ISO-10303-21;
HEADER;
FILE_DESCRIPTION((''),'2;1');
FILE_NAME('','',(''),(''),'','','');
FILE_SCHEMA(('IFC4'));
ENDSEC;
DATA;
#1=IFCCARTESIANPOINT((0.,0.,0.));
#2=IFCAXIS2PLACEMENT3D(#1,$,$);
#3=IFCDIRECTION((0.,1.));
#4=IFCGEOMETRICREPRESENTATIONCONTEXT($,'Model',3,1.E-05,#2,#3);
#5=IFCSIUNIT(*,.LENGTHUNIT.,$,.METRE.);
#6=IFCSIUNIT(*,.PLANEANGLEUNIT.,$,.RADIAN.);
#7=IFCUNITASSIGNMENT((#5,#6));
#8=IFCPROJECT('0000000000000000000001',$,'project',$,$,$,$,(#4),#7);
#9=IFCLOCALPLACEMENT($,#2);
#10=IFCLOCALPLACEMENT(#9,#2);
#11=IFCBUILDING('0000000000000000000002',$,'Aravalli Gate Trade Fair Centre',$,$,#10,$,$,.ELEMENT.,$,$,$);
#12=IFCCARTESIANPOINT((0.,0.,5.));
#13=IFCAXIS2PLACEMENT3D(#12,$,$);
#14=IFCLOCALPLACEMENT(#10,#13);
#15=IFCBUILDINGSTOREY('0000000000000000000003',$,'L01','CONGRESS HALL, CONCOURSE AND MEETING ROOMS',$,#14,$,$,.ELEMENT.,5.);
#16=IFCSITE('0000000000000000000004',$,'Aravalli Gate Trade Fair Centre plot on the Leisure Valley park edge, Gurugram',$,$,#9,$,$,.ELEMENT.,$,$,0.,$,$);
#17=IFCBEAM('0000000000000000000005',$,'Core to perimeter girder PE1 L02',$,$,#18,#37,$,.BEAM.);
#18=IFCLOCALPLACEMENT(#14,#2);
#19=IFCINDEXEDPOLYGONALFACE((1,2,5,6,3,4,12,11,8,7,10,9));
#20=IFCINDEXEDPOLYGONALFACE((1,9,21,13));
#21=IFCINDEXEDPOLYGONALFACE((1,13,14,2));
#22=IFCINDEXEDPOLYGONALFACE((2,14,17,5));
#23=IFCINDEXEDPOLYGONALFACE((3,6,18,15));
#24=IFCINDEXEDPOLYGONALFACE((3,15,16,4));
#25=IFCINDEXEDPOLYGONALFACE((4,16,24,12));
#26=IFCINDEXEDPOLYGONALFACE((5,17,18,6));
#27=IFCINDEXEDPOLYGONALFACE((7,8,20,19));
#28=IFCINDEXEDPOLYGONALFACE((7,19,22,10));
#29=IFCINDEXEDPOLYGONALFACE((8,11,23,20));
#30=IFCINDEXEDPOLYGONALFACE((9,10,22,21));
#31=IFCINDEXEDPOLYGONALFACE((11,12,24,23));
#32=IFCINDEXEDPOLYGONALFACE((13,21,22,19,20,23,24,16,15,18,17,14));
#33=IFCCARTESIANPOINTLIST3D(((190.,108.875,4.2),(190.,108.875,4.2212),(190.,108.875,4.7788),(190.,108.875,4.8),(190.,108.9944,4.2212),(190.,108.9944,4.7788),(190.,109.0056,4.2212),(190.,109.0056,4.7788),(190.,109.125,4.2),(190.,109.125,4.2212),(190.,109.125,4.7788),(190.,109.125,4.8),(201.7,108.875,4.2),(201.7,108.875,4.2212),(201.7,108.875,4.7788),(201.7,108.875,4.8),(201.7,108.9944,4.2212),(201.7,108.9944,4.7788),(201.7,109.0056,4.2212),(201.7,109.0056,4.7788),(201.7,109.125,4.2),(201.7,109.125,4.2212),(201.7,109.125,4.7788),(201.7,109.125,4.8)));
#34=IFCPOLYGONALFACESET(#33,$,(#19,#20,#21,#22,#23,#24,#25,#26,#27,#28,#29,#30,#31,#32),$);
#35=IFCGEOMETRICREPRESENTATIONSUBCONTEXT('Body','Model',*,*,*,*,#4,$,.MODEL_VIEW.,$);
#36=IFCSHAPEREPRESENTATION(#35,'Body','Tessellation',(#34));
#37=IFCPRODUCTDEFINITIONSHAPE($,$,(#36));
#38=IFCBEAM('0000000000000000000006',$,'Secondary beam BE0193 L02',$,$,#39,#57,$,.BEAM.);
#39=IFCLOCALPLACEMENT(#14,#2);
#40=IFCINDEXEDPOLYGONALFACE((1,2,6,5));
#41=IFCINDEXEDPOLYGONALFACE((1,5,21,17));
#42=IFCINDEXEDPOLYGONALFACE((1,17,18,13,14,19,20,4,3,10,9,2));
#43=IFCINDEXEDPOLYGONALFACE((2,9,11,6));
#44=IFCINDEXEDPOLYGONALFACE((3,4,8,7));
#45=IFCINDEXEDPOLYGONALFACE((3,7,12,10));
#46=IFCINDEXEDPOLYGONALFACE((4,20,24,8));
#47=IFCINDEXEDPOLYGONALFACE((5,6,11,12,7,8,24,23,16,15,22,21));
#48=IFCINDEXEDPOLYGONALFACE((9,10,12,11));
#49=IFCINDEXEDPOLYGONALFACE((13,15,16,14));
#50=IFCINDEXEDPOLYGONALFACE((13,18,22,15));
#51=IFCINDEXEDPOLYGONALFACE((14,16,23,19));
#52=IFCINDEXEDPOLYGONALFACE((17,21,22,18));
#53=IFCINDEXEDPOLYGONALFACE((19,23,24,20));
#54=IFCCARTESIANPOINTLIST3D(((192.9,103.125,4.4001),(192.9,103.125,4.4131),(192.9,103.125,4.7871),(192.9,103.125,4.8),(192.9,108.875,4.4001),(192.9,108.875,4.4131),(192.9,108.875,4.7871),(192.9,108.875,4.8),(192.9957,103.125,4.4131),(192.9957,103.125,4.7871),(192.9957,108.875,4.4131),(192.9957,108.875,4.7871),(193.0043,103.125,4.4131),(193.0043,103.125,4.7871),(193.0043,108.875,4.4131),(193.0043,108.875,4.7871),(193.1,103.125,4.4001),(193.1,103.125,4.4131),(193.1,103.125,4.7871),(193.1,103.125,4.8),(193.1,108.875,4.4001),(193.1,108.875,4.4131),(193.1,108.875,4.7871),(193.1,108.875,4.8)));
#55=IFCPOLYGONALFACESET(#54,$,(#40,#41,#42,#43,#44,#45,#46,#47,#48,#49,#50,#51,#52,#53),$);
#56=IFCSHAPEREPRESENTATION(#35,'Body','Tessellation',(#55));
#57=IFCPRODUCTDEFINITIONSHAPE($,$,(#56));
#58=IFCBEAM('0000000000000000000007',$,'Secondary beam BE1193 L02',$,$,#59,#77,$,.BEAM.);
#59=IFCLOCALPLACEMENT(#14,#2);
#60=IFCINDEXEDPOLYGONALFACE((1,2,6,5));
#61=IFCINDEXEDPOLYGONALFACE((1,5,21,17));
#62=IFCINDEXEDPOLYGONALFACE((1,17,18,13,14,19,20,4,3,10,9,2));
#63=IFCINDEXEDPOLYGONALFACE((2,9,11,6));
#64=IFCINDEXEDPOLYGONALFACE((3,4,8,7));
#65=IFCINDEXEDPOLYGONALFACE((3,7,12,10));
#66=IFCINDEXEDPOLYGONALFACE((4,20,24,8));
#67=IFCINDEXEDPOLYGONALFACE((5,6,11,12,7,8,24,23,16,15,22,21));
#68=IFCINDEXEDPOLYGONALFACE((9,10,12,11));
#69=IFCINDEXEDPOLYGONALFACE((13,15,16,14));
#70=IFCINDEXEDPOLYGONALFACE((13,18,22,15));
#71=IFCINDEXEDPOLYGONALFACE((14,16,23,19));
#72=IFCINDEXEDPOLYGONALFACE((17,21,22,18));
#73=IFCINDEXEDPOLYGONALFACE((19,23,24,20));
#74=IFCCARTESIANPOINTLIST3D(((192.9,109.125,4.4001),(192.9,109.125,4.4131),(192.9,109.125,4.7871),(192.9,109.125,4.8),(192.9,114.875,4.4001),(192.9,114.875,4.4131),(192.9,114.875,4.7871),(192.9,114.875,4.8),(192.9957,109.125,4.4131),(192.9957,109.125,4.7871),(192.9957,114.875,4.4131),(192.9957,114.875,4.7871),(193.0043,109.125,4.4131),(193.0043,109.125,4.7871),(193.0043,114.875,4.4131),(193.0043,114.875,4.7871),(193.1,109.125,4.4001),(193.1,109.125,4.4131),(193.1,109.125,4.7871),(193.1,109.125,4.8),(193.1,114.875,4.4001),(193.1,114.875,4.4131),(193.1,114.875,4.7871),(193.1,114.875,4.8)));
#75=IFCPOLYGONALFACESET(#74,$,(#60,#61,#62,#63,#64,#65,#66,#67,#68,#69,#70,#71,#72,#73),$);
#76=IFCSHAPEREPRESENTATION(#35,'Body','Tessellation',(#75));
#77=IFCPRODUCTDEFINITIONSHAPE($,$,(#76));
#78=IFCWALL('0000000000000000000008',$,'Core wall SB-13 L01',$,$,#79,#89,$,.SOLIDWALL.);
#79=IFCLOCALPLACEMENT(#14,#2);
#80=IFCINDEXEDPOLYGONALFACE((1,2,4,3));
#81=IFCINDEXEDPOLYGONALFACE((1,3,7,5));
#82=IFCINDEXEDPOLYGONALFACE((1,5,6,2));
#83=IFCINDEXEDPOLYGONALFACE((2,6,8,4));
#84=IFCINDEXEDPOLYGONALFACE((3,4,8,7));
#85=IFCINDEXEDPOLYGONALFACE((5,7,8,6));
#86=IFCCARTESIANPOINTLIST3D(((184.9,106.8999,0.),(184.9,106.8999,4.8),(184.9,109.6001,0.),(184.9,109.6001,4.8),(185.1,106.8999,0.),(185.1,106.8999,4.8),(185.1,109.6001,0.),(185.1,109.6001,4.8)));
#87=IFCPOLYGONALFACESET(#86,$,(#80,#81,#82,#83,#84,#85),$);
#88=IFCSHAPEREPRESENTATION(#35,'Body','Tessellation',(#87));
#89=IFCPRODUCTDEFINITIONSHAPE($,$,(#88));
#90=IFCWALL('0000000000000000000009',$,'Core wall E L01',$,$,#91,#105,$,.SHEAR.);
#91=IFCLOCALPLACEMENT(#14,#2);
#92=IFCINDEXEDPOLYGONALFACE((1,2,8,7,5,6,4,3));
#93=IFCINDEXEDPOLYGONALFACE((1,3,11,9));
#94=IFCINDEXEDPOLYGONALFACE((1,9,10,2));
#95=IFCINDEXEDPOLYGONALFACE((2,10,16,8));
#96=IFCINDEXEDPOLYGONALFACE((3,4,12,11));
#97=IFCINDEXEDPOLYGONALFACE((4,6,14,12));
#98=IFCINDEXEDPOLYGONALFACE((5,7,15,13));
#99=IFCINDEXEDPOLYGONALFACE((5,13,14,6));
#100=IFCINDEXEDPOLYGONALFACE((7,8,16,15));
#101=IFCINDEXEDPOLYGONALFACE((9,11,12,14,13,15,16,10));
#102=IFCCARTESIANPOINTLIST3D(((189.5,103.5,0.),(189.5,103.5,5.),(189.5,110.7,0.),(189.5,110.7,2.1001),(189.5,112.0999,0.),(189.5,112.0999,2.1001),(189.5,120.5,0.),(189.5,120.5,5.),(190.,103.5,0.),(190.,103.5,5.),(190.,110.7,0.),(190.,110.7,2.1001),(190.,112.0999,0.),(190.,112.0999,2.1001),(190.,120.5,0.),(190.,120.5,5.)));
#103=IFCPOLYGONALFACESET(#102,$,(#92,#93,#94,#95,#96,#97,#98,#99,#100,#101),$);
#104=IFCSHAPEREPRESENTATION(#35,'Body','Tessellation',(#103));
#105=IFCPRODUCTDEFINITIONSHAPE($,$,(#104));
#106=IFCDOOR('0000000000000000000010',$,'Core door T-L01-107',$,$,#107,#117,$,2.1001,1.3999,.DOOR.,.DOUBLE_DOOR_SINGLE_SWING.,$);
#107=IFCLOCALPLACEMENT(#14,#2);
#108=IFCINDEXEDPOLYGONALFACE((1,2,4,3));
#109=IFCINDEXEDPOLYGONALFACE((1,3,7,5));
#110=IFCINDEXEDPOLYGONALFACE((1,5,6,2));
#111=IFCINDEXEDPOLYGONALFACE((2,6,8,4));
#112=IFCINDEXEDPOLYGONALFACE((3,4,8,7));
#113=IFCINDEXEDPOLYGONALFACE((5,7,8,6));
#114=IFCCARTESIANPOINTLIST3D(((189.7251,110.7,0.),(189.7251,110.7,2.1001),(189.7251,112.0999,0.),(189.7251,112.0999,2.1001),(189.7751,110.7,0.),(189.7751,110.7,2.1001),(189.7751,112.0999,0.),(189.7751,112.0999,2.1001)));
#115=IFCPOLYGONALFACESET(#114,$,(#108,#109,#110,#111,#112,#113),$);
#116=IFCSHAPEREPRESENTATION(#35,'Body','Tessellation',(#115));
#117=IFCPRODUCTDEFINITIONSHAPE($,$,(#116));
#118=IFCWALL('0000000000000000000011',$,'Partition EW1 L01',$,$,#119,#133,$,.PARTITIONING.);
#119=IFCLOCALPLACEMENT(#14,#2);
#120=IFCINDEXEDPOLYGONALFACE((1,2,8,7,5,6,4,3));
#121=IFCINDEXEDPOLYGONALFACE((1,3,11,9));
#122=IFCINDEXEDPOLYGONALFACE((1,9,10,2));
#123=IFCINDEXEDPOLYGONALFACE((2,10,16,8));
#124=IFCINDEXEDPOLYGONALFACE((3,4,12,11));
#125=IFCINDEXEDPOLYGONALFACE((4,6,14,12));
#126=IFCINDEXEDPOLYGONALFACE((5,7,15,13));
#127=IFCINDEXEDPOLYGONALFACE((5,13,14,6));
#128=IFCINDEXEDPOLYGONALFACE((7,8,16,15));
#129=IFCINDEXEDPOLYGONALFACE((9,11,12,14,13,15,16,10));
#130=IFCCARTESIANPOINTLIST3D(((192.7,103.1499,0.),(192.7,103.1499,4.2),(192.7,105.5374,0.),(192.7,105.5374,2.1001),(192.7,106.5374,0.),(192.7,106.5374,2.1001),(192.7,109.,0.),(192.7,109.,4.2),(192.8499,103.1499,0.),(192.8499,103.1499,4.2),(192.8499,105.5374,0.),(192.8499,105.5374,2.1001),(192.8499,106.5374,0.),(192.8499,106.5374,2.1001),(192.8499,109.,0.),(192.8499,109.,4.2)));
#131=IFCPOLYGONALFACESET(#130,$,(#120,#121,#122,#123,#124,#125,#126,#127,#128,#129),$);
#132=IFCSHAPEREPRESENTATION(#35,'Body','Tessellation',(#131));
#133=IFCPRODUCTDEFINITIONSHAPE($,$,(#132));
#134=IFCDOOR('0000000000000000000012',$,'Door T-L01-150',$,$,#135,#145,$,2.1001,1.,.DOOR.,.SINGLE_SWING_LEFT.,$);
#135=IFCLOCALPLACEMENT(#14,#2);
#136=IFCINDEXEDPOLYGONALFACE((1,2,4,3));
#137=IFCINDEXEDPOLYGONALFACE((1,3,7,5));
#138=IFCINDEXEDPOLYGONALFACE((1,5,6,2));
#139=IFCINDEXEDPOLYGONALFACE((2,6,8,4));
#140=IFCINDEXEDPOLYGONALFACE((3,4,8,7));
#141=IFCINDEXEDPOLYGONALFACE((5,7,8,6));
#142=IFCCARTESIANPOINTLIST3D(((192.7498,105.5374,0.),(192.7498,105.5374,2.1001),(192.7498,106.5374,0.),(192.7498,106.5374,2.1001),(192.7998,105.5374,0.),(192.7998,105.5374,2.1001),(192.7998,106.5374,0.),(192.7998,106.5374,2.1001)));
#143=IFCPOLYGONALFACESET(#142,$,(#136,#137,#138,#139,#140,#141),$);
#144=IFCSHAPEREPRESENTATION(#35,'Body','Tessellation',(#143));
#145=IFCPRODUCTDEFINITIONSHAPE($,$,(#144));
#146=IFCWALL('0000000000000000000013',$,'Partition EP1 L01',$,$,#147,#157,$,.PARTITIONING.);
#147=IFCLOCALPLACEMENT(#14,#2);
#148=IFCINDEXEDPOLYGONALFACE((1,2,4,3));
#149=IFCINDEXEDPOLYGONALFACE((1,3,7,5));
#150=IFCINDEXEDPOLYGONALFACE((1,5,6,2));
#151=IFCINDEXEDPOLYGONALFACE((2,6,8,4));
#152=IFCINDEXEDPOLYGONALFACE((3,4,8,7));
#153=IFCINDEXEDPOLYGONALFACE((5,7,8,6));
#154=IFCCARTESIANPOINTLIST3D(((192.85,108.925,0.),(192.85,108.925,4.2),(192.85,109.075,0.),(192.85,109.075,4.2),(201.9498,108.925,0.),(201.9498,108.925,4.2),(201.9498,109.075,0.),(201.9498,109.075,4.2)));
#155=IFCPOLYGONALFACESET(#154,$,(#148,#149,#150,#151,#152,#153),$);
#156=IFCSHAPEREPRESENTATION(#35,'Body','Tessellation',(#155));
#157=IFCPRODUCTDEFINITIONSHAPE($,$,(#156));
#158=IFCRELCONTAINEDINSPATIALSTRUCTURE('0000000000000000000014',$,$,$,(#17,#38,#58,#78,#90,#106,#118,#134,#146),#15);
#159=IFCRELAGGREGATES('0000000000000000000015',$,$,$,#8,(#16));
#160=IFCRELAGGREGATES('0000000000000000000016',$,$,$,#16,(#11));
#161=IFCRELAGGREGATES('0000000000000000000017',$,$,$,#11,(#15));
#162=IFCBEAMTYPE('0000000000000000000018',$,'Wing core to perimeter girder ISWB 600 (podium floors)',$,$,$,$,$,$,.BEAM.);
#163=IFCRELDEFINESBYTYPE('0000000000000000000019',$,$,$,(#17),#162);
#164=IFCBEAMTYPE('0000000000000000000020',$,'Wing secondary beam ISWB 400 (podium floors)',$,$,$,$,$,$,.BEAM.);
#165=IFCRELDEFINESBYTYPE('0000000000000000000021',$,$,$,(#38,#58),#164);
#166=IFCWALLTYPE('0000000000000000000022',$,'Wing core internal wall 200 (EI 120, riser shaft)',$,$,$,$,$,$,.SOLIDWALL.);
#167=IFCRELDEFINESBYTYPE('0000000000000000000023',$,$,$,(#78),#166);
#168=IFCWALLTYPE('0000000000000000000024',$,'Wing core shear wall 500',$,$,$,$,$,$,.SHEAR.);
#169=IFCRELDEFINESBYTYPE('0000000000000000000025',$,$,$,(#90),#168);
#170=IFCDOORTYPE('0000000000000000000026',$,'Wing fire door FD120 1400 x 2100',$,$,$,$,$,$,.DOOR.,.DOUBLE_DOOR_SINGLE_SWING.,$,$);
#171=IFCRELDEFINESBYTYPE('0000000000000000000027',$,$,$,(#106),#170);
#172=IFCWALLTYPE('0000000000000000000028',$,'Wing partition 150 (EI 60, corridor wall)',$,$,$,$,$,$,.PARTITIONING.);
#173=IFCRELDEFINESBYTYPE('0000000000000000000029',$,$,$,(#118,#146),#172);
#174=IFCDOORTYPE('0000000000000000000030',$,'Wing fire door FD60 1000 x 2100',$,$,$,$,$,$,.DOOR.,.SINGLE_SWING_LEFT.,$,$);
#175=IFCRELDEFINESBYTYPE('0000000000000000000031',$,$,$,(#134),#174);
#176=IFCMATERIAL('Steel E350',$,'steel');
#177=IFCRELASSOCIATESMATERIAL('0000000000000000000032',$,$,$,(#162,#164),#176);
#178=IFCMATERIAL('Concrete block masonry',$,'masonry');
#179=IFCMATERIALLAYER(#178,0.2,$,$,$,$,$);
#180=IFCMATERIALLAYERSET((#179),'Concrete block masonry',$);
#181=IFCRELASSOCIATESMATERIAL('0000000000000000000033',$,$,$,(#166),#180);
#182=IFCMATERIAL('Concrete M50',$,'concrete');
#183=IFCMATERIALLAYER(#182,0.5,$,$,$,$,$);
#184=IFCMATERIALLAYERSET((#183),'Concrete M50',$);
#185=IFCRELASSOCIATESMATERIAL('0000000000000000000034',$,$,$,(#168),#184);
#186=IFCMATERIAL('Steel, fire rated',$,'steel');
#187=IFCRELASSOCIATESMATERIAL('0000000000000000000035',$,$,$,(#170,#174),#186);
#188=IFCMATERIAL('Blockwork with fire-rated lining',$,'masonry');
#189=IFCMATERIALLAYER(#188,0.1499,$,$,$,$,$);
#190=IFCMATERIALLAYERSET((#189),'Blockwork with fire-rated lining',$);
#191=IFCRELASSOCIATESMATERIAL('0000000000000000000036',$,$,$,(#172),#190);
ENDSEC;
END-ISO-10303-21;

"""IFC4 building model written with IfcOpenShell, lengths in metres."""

from ifc_helpers import new_model, si_unit, direction, frame, frame_2d, origin, origin_2d, place, context, subcontext, project, spatial, rectangle, i_section, extrude, material, layer, layer_set, material_profile, profile_set, type_object, element, fill, save


model = new_model("IFC4")

# Units and contexts
model_context = context("Model", 3, precision=1e-05, world=origin(), true_north=direction((0.0, 1.0)))
body_context = subcontext(model_context, "Body", "Model", "MODEL_VIEW")
ifc_project = project(units=[si_unit("LENGTHUNIT", "METRE"), si_unit("PLANEANGLEUNIT", "RADIAN")], contexts=[model_context])

# Site, building, storey
site_placement = place(None, origin())
site = spatial("IfcSite", under=ifc_project, at=site_placement, Name="Aravalli Gate Trade Fair Centre plot on the Leisure Valley park edge, Gurugram", CompositionType="ELEMENT", RefElevation=0.0)
building_placement = place(site_placement, origin())
building = spatial("IfcBuilding", under=site, at=building_placement, Name="Aravalli Gate Trade Fair Centre", CompositionType="ELEMENT")
storey_placement = place(building_placement, frame((0.0, 0.0, 5.0)))
storey = spatial("IfcBuildingStorey", under=building, at=storey_placement, Name="L01", Description="CONGRESS HALL, CONCOURSE AND MEETING ROOMS", CompositionType="ELEMENT", Elevation=5.0)

# Beams
ifc_material_1 = material(Name="Steel E350", Category="steel")
ifc_material_profile_1 = material_profile(ifc_material_1, i_section(OverallWidth=0.25, OverallDepth=0.6001, WebThickness=0.0112, FlangeThickness=0.0212, at=origin_2d()), Name="ISWB 600")
ifc_profile_set_1 = profile_set([ifc_material_profile_1], Name="Steel E350")
beam_type_1 = type_object("IfcBeamType", Name="Wing core to perimeter girder ISWB 600 (podium floors)", PredefinedType="BEAM", material=ifc_profile_set_1)
beam_placement = place(storey_placement, frame((190.0, 109.0, 4.5), z_axis=(1.0, 0.0, 0.0), x_axis=(0.0, 1.0, 0.0)))
element("IfcBeam", 1, at=beam_placement, inside=storey, type_object=beam_type_1, Name="Core to perimeter girder PE1 L02", PredefinedType="BEAM", context=body_context, shape_type="SweptSolid", body=[
    extrude(i_section(OverallWidth=0.25, OverallDepth=0.6001, WebThickness=0.0112, FlangeThickness=0.0212, at=origin_2d()), origin(), (0.0, 0.0, 1.0), 11.7),
])
ifc_material_profile_2 = material_profile(ifc_material_1, i_section(OverallWidth=0.2, OverallDepth=0.3999, WebThickness=0.0085, FlangeThickness=0.0129, at=origin_2d()), Name="ISWB 400")
ifc_profile_set_2 = profile_set([ifc_material_profile_2], Name="Steel E350")
beam_type_2 = type_object("IfcBeamType", Name="Wing secondary beam ISWB 400 (podium floors)", PredefinedType="BEAM", material=ifc_profile_set_2)
for number, where, z_axis, x_axis, name in (
    (2, (193.0, 103.125, 4.6001), (0.0, 1.0, 0.0), (-1.0, 0.0, 0.0), "Secondary beam BE0193 L02"),
    (3, (193.0, 109.125, 4.6001), (0.0, 1.0, 0.0), (-1.0, 0.0, 0.0), "Secondary beam BE1193 L02"),
):
    element("IfcBeam", number, at=place(storey_placement, frame(where, z_axis=z_axis, x_axis=x_axis)), inside=storey, type_object=beam_type_2, Name=name, PredefinedType="BEAM", context=body_context, shape_type="SweptSolid", body=[
        extrude(i_section(OverallWidth=0.2, OverallDepth=0.3999, WebThickness=0.0085, FlangeThickness=0.0129, at=origin_2d()), origin(), (0.0, 0.0, 1.0), 5.75),
    ])

# Wall
ifc_material_2 = material(Name="Concrete block masonry", Category="masonry")
ifc_layer_1 = layer(ifc_material_2, 0.2)
ifc_layer_set_1 = layer_set([ifc_layer_1], Name="Concrete block masonry")
wall_type_1 = type_object("IfcWallType", Name="Wing core internal wall 200 (EI 120, riser shaft)", PredefinedType="SOLIDWALL", material=ifc_layer_set_1)
wall_1_placement = place(storey_placement, frame((185.0, 106.8999, 0.0), z_axis=(0.0, 0.0, 1.0), x_axis=(0.0, 1.0, 0.0)))
element("IfcWall", 4, at=wall_1_placement, inside=storey, type_object=wall_type_1, Name="Core wall SB-13 L01", PredefinedType="SOLIDWALL", context=body_context, shape_type="SweptSolid", body=[
    extrude(rectangle(XDim=2.7002, YDim=0.2, at=frame_2d((1.3501, 0.0))), origin(), (0.0, 0.0, 1.0), 4.8),
])

# Walls, openings, doors
ifc_material_3 = material(Name="Concrete M50", Category="concrete")
ifc_layer_2 = layer(ifc_material_3, 0.5)
ifc_layer_set_2 = layer_set([ifc_layer_2], Name="Concrete M50")
wall_type_2 = type_object("IfcWallType", Name="Wing core shear wall 500", PredefinedType="SHEAR", material=ifc_layer_set_2)
wall_2_placement = place(storey_placement, frame((189.75, 103.5, 0.0), z_axis=(0.0, 0.0, 1.0), x_axis=(0.0, 1.0, 0.0)))
wall_2 = element("IfcWall", 5, at=wall_2_placement, inside=storey, type_object=wall_type_2, Name="Core wall E L01", PredefinedType="SHEAR", context=body_context, shape_type="SweptSolid", body=[
    extrude(rectangle(XDim=17.0, YDim=0.5, at=frame_2d((8.5, 0.0))), origin(), (0.0, 0.0, 1.0), 5.0),
])
opening_1_placement = place(wall_2_placement, frame((7.2, 0.0, 0.0)))
opening_1 = element("IfcOpeningElement", 6, at=opening_1_placement, cuts=wall_2, PredefinedType="OPENING", context=body_context, shape_type="SweptSolid", body=[
    extrude(rectangle(XDim=1.3999, YDim=2.1001, at=frame_2d((0.7, 1.05))), frame((0.0, 0.26, 0.0), z_axis=(0.0, -1.0, 0.0), x_axis=(1.0, 0.0, 0.0)), (0.0, 0.0, 1.0), 0.52),
])
ifc_material_4 = material(Name="Steel, fire rated", Category="steel")
door_type_1 = type_object("IfcDoorType", Name="Wing fire door FD120 1400 x 2100", OperationType="DOUBLE_DOOR_SINGLE_SWING", PredefinedType="DOOR", material=ifc_material_4)
door_1_placement = place(opening_1_placement, origin())
door_1 = element("IfcDoor", 7, at=door_1_placement, inside=storey, type_object=door_type_1, Name="Core door T-L01-107", OperationType="DOUBLE_DOOR_SINGLE_SWING", OverallHeight=2.1001, OverallWidth=1.3999, PredefinedType="DOOR", context=body_context, shape_type="SweptSolid", body=[
    extrude(rectangle(XDim=1.3999, YDim=2.1001, at=frame_2d((0.7, 1.05))), frame((0.0, 0.0249, 0.0), z_axis=(0.0, -1.0, 0.0), x_axis=(1.0, 0.0, 0.0)), (0.0, 0.0, 1.0), 0.05),
])
fill(opening_1, door_1)
ifc_material_5 = material(Name="Blockwork with fire-rated lining", Category="masonry")
ifc_layer_3 = layer(ifc_material_5, 0.1499)
ifc_layer_set_3 = layer_set([ifc_layer_3], Name="Blockwork with fire-rated lining")
wall_type_3 = type_object("IfcWallType", Name="Wing partition 150 (EI 60, corridor wall)", PredefinedType="PARTITIONING", material=ifc_layer_set_3)
wall_3_placement = place(storey_placement, frame((192.7749, 103.1499, 0.0), z_axis=(0.0, 0.0, 1.0), x_axis=(0.0, 1.0, 0.0)))
wall_3 = element("IfcWall", 8, at=wall_3_placement, inside=storey, type_object=wall_type_3, Name="Partition EW1 L01", PredefinedType="PARTITIONING", context=body_context, shape_type="SweptSolid", body=[
    extrude(rectangle(XDim=5.8501, YDim=0.1499, at=frame_2d((2.925, 0.0))), origin(), (0.0, 0.0, 1.0), 4.2),
])
opening_2_placement = place(wall_3_placement, frame((2.3875, 0.0, 0.0)))
opening_2 = element("IfcOpeningElement", 9, at=opening_2_placement, cuts=wall_3, PredefinedType="OPENING", context=body_context, shape_type="SweptSolid", body=[
    extrude(rectangle(XDim=1.0, YDim=2.1001, at=frame_2d((0.5, 1.05))), frame((0.0, 0.085, 0.0), z_axis=(0.0, -1.0, 0.0), x_axis=(1.0, 0.0, 0.0)), (0.0, 0.0, 1.0), 0.1699),
])
door_type_2 = type_object("IfcDoorType", Name="Wing fire door FD60 1000 x 2100", OperationType="SINGLE_SWING_LEFT", PredefinedType="DOOR", material=ifc_material_4)
door_2_placement = place(opening_2_placement, frame((1.0, 0.0, 0.0), z_axis=(0.0, 0.0, 1.0), x_axis=(-1.0, 0.0, 0.0)))
door_2 = element("IfcDoor", 10, at=door_2_placement, inside=storey, type_object=door_type_2, Name="Door T-L01-150", OperationType="SINGLE_SWING_LEFT", OverallHeight=2.1001, OverallWidth=1.0, PredefinedType="DOOR", context=body_context, shape_type="SweptSolid", body=[
    extrude(rectangle(XDim=1.0, YDim=2.1001, at=frame_2d((0.5, 1.05))), frame((0.0, 0.0249, 0.0), z_axis=(0.0, -1.0, 0.0), x_axis=(1.0, 0.0, 0.0)), (0.0, 0.0, 1.0), 0.05),
])
fill(opening_2, door_2)

# Wall
wall_4_placement = place(storey_placement, frame((192.8501, 109.0, 0.0), z_axis=(0.0, 0.0, 1.0), x_axis=(1.0, 0.0, 0.0)))
element("IfcWall", 11, at=wall_4_placement, inside=storey, type_object=wall_type_3, Name="Partition EP1 L01", PredefinedType="PARTITIONING", context=body_context, shape_type="SweptSolid", body=[
    extrude(rectangle(XDim=9.0999, YDim=0.1499, at=frame_2d((4.5498, 0.0))), origin(), (0.0, 0.0, 1.0), 4.2),
])

save(model, "model.ifc")
